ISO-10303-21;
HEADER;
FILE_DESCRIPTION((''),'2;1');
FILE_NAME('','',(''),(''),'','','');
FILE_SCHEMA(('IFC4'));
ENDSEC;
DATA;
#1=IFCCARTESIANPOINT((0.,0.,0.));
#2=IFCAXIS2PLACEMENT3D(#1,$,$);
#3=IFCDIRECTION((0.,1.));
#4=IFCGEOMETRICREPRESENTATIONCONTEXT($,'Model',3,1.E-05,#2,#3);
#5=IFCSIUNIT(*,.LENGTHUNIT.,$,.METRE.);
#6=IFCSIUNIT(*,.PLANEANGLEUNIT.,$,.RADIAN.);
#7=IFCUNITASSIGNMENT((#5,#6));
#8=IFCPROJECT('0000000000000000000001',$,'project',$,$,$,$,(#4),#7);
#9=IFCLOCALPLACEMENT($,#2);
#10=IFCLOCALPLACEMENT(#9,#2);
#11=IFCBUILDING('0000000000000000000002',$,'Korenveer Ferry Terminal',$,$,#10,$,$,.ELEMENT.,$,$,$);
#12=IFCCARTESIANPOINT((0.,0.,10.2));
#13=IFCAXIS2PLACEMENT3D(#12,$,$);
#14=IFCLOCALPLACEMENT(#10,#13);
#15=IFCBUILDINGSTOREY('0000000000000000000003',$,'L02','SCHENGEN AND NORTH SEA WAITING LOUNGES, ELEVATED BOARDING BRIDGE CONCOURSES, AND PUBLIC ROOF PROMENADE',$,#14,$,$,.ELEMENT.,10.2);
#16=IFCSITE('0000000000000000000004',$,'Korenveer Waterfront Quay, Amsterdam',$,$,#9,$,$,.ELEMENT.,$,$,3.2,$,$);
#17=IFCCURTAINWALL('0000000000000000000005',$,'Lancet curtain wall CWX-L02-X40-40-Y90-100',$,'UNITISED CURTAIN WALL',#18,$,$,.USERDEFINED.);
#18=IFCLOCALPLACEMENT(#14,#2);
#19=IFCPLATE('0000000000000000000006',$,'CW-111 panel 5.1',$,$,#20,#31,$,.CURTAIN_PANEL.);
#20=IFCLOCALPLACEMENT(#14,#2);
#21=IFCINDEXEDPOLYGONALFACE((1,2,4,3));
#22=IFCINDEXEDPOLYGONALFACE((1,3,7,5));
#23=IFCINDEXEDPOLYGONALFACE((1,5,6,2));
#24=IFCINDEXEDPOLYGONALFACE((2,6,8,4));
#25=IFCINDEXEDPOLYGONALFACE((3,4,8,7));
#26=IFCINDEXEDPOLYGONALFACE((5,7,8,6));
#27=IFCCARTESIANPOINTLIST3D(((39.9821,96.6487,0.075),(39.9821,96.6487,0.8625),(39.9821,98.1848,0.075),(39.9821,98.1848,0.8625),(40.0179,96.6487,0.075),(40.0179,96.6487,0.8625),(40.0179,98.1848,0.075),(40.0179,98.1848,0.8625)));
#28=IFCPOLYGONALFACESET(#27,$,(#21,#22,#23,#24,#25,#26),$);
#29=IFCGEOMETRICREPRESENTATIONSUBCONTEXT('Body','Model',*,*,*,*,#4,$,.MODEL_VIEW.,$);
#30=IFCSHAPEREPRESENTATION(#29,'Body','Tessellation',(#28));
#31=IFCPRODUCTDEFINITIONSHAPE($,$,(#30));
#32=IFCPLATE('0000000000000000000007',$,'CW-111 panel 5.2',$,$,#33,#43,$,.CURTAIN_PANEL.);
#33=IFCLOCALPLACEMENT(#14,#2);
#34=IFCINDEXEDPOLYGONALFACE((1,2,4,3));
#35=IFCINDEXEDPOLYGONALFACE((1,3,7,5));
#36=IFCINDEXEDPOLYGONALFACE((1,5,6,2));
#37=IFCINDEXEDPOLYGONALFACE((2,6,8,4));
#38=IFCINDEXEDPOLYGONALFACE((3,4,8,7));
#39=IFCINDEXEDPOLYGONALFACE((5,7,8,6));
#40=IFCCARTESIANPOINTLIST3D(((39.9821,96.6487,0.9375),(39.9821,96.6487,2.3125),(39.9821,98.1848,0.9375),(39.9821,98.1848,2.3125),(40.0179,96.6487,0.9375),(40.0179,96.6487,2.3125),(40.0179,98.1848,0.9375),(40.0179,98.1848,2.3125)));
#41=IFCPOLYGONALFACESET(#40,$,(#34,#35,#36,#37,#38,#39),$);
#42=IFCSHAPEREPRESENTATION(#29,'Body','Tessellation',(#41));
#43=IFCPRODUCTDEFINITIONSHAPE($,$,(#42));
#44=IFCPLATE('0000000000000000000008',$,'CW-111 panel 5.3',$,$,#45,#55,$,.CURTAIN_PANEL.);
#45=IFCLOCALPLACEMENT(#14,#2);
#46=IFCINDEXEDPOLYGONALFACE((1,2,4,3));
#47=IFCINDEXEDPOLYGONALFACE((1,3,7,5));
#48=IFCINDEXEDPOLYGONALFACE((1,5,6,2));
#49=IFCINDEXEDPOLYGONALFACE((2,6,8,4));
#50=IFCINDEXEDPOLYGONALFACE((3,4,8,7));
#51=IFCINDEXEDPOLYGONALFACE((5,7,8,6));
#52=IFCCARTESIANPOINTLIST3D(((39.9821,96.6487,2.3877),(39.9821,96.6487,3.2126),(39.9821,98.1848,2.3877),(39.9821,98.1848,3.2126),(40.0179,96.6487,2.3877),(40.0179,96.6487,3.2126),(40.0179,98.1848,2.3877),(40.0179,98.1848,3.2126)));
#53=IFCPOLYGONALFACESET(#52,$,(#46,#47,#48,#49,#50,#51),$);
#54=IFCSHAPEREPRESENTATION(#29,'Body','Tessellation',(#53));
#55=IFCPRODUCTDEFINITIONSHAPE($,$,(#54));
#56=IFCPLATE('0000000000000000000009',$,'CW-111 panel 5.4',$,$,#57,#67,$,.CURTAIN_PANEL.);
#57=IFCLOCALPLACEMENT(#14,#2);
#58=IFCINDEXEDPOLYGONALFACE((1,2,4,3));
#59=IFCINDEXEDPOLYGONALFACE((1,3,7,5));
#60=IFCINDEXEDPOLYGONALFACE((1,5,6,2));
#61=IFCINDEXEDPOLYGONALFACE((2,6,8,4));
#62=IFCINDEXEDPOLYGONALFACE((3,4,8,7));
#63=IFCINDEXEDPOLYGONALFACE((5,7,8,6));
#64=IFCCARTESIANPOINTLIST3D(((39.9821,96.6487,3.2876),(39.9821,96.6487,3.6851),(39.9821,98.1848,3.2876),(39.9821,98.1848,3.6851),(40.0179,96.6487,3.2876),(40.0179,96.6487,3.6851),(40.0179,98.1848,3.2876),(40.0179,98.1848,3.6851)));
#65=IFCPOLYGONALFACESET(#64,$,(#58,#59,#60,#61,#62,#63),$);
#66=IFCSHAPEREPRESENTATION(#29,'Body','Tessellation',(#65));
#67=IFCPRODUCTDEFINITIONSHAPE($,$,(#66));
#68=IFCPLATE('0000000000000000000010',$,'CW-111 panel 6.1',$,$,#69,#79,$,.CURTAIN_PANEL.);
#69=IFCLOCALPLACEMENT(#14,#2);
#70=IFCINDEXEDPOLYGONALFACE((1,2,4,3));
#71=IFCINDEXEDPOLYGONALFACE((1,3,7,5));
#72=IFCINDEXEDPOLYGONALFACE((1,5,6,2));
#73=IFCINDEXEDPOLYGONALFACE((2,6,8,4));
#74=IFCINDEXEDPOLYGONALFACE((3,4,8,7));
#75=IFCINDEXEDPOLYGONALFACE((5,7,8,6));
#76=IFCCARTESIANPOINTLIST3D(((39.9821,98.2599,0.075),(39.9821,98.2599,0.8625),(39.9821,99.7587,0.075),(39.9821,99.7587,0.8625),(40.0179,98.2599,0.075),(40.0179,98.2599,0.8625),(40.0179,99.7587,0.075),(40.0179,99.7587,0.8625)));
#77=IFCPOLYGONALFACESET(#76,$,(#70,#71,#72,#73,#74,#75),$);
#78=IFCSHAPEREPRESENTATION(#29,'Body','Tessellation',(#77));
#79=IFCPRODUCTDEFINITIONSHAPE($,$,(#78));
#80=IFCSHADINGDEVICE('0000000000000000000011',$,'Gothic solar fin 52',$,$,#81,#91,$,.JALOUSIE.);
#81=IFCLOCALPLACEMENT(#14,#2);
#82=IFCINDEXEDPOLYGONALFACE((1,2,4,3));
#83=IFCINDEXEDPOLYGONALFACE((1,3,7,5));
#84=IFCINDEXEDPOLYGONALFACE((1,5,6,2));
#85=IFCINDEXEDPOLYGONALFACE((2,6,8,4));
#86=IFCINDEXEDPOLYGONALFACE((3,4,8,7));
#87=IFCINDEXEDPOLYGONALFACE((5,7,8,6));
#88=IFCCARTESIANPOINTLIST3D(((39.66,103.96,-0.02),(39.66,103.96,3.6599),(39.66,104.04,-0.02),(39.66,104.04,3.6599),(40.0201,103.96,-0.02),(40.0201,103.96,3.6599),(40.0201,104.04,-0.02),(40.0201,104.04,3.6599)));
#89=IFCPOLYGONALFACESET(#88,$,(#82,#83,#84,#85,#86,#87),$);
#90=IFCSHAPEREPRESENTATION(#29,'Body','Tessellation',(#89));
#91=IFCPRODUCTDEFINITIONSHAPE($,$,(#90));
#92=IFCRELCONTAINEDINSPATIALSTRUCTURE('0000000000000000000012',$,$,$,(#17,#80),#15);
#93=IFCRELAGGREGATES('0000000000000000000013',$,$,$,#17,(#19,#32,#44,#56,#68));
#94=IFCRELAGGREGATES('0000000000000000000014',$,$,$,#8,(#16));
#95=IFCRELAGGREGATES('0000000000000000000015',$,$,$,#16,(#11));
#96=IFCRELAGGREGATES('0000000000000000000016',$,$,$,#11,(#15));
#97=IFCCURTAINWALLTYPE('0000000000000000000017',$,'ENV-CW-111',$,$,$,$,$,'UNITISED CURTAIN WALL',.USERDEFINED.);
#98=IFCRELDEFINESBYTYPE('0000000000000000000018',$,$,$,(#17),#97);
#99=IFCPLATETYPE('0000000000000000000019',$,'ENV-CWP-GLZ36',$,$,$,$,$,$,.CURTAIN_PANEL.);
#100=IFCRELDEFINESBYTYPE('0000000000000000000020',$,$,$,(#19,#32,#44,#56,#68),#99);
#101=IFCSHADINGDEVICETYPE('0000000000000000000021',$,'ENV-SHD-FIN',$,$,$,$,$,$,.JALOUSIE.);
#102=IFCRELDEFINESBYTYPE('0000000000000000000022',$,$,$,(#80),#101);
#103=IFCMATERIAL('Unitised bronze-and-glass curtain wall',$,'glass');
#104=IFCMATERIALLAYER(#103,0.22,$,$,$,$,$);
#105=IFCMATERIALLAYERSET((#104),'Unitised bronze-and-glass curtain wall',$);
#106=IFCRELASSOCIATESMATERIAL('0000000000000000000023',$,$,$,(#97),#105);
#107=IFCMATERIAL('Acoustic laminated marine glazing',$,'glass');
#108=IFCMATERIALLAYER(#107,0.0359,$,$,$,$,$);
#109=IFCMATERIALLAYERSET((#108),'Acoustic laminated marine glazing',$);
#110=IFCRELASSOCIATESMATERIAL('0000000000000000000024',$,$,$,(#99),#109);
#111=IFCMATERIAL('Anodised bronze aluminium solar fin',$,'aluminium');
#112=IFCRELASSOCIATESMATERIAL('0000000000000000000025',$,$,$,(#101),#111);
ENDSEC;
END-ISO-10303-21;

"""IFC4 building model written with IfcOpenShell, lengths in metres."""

from ifc_helpers import new_model, si_unit, direction, frame, origin, origin_2d, place, context, subcontext, project, spatial, rectangle, extrude, material, layer, layer_set, type_object, element, aggregate, save


model = new_model("IFC4")

# Units and contexts
model_context = context("Model", 3, precision=1e-05, world=origin(), true_north=direction((0.0, 1.0)))
body_context = subcontext(model_context, "Body", "Model", "MODEL_VIEW")
ifc_project = project(units=[si_unit("LENGTHUNIT", "METRE"), si_unit("PLANEANGLEUNIT", "RADIAN")], contexts=[model_context])

# Site, building, storey
site_placement = place(None, origin())
site = spatial("IfcSite", under=ifc_project, at=site_placement, Name="Korenveer Waterfront Quay, Amsterdam", CompositionType="ELEMENT", RefElevation=3.2)
building_placement = place(site_placement, origin())
building = spatial("IfcBuilding", under=site, at=building_placement, Name="Korenveer Ferry Terminal", CompositionType="ELEMENT")
storey_placement = place(building_placement, frame((0.0, 0.0, 10.2)))
storey = spatial("IfcBuildingStorey", under=building, at=storey_placement, Name="L02", Description="SCHENGEN AND NORTH SEA WAITING LOUNGES, ELEVATED BOARDING BRIDGE CONCOURSES, AND PUBLIC ROOF PROMENADE", CompositionType="ELEMENT", Elevation=10.2)

# Curtain wall, plates
ifc_material_1 = material(Name="Unitised bronze-and-glass curtain wall", Category="glass")
ifc_layer_1 = layer(ifc_material_1, 0.22)
ifc_layer_set_1 = layer_set([ifc_layer_1], Name="Unitised bronze-and-glass curtain wall")
curtain_wall_type = type_object("IfcCurtainWallType", Name="ENV-CW-111", ElementType="UNITISED CURTAIN WALL", PredefinedType="USERDEFINED", material=ifc_layer_set_1)
curtain_wall_placement = place(storey_placement, frame((40.0, 90.1665, 0.0)))
curtain_wall = element("IfcCurtainWall", 1, at=curtain_wall_placement, inside=storey, type_object=curtain_wall_type, Name="Lancet curtain wall CWX-L02-X40-40-Y90-100", ObjectType="UNITISED CURTAIN WALL", PredefinedType="USERDEFINED")
ifc_material_2 = material(Name="Acoustic laminated marine glazing", Category="glass")
ifc_layer_2 = layer(ifc_material_2, 0.0359)
ifc_layer_set_2 = layer_set([ifc_layer_2], Name="Acoustic laminated marine glazing")
plate_type = type_object("IfcPlateType", Name="ENV-CWP-GLZ36", PredefinedType="CURTAIN_PANEL", material=ifc_layer_set_2)
plate_1_placement = place(storey_placement, frame((40.0, 97.4167, 0.075), z_axis=(0.0, 0.0, 1.0), x_axis=(0.0, 1.0, 0.0)))
plate_1 = element("IfcPlate", 2, at=plate_1_placement, type_object=plate_type, Name="CW-111 panel 5.1", PredefinedType="CURTAIN_PANEL", context=body_context, shape_type="SweptSolid", body=[
    extrude(rectangle(XDim=1.5361, YDim=0.0359, at=origin_2d()), origin(), (0.0, 0.0, 1.0), 0.7876),
])
plate_2_placement = place(storey_placement, frame((40.0, 97.4167, 0.9375), z_axis=(0.0, 0.0, 1.0), x_axis=(0.0, 1.0, 0.0)))
plate_2 = element("IfcPlate", 3, at=plate_2_placement, type_object=plate_type, Name="CW-111 panel 5.2", PredefinedType="CURTAIN_PANEL", context=body_context, shape_type="SweptSolid", body=[
    extrude(rectangle(XDim=1.5361, YDim=0.0359, at=origin_2d()), origin(), (0.0, 0.0, 1.0), 1.375),
])
plate_3_placement = place(storey_placement, frame((40.0, 97.4167, 2.3877), z_axis=(0.0, 0.0, 1.0), x_axis=(0.0, 1.0, 0.0)))
plate_3 = element("IfcPlate", 4, at=plate_3_placement, type_object=plate_type, Name="CW-111 panel 5.3", PredefinedType="CURTAIN_PANEL", context=body_context, shape_type="SweptSolid", body=[
    extrude(rectangle(XDim=1.5361, YDim=0.0359, at=origin_2d()), origin(), (0.0, 0.0, 1.0), 0.825),
])
plate_4_placement = place(storey_placement, frame((40.0, 97.4167, 3.2876), z_axis=(0.0, 0.0, 1.0), x_axis=(0.0, 1.0, 0.0)))
plate_4 = element("IfcPlate", 5, at=plate_4_placement, type_object=plate_type, Name="CW-111 panel 5.4", PredefinedType="CURTAIN_PANEL", context=body_context, shape_type="SweptSolid", body=[
    extrude(rectangle(XDim=1.5361, YDim=0.0359, at=origin_2d()), origin(), (0.0, 0.0, 1.0), 0.3975),
])
plate_5_placement = place(storey_placement, frame((40.0, 99.0093, 0.075), z_axis=(0.0, 0.0, 1.0), x_axis=(0.0, 1.0, 0.0)))
plate_5 = element("IfcPlate", 6, at=plate_5_placement, type_object=plate_type, Name="CW-111 panel 6.1", PredefinedType="CURTAIN_PANEL", context=body_context, shape_type="SweptSolid", body=[
    extrude(rectangle(XDim=1.4988, YDim=0.0359, at=origin_2d()), origin(), (0.0, 0.0, 1.0), 0.7876),
])
aggregate(curtain_wall, [plate_1, plate_2, plate_3, plate_4, plate_5])

# Shading device
ifc_material_3 = material(Name="Anodised bronze aluminium solar fin", Category="aluminium")
shading_device_type = type_object("IfcShadingDeviceType", Name="ENV-SHD-FIN", PredefinedType="JALOUSIE", material=ifc_material_3)
shading_device_placement = place(storey_placement, frame((39.8401, 104.0, -0.02), z_axis=(0.0, 0.0, 1.0), x_axis=(1.0, 0.0, 0.0)))
element("IfcShadingDevice", 7, at=shading_device_placement, inside=storey, type_object=shading_device_type, Name="Gothic solar fin 52", PredefinedType="JALOUSIE", context=body_context, shape_type="SweptSolid", body=[
    extrude(rectangle(XDim=0.3601, YDim=0.0801, at=origin_2d()), origin(), (0.0, 0.0, 1.0), 3.6799),
])

save(model, "model.ifc")
